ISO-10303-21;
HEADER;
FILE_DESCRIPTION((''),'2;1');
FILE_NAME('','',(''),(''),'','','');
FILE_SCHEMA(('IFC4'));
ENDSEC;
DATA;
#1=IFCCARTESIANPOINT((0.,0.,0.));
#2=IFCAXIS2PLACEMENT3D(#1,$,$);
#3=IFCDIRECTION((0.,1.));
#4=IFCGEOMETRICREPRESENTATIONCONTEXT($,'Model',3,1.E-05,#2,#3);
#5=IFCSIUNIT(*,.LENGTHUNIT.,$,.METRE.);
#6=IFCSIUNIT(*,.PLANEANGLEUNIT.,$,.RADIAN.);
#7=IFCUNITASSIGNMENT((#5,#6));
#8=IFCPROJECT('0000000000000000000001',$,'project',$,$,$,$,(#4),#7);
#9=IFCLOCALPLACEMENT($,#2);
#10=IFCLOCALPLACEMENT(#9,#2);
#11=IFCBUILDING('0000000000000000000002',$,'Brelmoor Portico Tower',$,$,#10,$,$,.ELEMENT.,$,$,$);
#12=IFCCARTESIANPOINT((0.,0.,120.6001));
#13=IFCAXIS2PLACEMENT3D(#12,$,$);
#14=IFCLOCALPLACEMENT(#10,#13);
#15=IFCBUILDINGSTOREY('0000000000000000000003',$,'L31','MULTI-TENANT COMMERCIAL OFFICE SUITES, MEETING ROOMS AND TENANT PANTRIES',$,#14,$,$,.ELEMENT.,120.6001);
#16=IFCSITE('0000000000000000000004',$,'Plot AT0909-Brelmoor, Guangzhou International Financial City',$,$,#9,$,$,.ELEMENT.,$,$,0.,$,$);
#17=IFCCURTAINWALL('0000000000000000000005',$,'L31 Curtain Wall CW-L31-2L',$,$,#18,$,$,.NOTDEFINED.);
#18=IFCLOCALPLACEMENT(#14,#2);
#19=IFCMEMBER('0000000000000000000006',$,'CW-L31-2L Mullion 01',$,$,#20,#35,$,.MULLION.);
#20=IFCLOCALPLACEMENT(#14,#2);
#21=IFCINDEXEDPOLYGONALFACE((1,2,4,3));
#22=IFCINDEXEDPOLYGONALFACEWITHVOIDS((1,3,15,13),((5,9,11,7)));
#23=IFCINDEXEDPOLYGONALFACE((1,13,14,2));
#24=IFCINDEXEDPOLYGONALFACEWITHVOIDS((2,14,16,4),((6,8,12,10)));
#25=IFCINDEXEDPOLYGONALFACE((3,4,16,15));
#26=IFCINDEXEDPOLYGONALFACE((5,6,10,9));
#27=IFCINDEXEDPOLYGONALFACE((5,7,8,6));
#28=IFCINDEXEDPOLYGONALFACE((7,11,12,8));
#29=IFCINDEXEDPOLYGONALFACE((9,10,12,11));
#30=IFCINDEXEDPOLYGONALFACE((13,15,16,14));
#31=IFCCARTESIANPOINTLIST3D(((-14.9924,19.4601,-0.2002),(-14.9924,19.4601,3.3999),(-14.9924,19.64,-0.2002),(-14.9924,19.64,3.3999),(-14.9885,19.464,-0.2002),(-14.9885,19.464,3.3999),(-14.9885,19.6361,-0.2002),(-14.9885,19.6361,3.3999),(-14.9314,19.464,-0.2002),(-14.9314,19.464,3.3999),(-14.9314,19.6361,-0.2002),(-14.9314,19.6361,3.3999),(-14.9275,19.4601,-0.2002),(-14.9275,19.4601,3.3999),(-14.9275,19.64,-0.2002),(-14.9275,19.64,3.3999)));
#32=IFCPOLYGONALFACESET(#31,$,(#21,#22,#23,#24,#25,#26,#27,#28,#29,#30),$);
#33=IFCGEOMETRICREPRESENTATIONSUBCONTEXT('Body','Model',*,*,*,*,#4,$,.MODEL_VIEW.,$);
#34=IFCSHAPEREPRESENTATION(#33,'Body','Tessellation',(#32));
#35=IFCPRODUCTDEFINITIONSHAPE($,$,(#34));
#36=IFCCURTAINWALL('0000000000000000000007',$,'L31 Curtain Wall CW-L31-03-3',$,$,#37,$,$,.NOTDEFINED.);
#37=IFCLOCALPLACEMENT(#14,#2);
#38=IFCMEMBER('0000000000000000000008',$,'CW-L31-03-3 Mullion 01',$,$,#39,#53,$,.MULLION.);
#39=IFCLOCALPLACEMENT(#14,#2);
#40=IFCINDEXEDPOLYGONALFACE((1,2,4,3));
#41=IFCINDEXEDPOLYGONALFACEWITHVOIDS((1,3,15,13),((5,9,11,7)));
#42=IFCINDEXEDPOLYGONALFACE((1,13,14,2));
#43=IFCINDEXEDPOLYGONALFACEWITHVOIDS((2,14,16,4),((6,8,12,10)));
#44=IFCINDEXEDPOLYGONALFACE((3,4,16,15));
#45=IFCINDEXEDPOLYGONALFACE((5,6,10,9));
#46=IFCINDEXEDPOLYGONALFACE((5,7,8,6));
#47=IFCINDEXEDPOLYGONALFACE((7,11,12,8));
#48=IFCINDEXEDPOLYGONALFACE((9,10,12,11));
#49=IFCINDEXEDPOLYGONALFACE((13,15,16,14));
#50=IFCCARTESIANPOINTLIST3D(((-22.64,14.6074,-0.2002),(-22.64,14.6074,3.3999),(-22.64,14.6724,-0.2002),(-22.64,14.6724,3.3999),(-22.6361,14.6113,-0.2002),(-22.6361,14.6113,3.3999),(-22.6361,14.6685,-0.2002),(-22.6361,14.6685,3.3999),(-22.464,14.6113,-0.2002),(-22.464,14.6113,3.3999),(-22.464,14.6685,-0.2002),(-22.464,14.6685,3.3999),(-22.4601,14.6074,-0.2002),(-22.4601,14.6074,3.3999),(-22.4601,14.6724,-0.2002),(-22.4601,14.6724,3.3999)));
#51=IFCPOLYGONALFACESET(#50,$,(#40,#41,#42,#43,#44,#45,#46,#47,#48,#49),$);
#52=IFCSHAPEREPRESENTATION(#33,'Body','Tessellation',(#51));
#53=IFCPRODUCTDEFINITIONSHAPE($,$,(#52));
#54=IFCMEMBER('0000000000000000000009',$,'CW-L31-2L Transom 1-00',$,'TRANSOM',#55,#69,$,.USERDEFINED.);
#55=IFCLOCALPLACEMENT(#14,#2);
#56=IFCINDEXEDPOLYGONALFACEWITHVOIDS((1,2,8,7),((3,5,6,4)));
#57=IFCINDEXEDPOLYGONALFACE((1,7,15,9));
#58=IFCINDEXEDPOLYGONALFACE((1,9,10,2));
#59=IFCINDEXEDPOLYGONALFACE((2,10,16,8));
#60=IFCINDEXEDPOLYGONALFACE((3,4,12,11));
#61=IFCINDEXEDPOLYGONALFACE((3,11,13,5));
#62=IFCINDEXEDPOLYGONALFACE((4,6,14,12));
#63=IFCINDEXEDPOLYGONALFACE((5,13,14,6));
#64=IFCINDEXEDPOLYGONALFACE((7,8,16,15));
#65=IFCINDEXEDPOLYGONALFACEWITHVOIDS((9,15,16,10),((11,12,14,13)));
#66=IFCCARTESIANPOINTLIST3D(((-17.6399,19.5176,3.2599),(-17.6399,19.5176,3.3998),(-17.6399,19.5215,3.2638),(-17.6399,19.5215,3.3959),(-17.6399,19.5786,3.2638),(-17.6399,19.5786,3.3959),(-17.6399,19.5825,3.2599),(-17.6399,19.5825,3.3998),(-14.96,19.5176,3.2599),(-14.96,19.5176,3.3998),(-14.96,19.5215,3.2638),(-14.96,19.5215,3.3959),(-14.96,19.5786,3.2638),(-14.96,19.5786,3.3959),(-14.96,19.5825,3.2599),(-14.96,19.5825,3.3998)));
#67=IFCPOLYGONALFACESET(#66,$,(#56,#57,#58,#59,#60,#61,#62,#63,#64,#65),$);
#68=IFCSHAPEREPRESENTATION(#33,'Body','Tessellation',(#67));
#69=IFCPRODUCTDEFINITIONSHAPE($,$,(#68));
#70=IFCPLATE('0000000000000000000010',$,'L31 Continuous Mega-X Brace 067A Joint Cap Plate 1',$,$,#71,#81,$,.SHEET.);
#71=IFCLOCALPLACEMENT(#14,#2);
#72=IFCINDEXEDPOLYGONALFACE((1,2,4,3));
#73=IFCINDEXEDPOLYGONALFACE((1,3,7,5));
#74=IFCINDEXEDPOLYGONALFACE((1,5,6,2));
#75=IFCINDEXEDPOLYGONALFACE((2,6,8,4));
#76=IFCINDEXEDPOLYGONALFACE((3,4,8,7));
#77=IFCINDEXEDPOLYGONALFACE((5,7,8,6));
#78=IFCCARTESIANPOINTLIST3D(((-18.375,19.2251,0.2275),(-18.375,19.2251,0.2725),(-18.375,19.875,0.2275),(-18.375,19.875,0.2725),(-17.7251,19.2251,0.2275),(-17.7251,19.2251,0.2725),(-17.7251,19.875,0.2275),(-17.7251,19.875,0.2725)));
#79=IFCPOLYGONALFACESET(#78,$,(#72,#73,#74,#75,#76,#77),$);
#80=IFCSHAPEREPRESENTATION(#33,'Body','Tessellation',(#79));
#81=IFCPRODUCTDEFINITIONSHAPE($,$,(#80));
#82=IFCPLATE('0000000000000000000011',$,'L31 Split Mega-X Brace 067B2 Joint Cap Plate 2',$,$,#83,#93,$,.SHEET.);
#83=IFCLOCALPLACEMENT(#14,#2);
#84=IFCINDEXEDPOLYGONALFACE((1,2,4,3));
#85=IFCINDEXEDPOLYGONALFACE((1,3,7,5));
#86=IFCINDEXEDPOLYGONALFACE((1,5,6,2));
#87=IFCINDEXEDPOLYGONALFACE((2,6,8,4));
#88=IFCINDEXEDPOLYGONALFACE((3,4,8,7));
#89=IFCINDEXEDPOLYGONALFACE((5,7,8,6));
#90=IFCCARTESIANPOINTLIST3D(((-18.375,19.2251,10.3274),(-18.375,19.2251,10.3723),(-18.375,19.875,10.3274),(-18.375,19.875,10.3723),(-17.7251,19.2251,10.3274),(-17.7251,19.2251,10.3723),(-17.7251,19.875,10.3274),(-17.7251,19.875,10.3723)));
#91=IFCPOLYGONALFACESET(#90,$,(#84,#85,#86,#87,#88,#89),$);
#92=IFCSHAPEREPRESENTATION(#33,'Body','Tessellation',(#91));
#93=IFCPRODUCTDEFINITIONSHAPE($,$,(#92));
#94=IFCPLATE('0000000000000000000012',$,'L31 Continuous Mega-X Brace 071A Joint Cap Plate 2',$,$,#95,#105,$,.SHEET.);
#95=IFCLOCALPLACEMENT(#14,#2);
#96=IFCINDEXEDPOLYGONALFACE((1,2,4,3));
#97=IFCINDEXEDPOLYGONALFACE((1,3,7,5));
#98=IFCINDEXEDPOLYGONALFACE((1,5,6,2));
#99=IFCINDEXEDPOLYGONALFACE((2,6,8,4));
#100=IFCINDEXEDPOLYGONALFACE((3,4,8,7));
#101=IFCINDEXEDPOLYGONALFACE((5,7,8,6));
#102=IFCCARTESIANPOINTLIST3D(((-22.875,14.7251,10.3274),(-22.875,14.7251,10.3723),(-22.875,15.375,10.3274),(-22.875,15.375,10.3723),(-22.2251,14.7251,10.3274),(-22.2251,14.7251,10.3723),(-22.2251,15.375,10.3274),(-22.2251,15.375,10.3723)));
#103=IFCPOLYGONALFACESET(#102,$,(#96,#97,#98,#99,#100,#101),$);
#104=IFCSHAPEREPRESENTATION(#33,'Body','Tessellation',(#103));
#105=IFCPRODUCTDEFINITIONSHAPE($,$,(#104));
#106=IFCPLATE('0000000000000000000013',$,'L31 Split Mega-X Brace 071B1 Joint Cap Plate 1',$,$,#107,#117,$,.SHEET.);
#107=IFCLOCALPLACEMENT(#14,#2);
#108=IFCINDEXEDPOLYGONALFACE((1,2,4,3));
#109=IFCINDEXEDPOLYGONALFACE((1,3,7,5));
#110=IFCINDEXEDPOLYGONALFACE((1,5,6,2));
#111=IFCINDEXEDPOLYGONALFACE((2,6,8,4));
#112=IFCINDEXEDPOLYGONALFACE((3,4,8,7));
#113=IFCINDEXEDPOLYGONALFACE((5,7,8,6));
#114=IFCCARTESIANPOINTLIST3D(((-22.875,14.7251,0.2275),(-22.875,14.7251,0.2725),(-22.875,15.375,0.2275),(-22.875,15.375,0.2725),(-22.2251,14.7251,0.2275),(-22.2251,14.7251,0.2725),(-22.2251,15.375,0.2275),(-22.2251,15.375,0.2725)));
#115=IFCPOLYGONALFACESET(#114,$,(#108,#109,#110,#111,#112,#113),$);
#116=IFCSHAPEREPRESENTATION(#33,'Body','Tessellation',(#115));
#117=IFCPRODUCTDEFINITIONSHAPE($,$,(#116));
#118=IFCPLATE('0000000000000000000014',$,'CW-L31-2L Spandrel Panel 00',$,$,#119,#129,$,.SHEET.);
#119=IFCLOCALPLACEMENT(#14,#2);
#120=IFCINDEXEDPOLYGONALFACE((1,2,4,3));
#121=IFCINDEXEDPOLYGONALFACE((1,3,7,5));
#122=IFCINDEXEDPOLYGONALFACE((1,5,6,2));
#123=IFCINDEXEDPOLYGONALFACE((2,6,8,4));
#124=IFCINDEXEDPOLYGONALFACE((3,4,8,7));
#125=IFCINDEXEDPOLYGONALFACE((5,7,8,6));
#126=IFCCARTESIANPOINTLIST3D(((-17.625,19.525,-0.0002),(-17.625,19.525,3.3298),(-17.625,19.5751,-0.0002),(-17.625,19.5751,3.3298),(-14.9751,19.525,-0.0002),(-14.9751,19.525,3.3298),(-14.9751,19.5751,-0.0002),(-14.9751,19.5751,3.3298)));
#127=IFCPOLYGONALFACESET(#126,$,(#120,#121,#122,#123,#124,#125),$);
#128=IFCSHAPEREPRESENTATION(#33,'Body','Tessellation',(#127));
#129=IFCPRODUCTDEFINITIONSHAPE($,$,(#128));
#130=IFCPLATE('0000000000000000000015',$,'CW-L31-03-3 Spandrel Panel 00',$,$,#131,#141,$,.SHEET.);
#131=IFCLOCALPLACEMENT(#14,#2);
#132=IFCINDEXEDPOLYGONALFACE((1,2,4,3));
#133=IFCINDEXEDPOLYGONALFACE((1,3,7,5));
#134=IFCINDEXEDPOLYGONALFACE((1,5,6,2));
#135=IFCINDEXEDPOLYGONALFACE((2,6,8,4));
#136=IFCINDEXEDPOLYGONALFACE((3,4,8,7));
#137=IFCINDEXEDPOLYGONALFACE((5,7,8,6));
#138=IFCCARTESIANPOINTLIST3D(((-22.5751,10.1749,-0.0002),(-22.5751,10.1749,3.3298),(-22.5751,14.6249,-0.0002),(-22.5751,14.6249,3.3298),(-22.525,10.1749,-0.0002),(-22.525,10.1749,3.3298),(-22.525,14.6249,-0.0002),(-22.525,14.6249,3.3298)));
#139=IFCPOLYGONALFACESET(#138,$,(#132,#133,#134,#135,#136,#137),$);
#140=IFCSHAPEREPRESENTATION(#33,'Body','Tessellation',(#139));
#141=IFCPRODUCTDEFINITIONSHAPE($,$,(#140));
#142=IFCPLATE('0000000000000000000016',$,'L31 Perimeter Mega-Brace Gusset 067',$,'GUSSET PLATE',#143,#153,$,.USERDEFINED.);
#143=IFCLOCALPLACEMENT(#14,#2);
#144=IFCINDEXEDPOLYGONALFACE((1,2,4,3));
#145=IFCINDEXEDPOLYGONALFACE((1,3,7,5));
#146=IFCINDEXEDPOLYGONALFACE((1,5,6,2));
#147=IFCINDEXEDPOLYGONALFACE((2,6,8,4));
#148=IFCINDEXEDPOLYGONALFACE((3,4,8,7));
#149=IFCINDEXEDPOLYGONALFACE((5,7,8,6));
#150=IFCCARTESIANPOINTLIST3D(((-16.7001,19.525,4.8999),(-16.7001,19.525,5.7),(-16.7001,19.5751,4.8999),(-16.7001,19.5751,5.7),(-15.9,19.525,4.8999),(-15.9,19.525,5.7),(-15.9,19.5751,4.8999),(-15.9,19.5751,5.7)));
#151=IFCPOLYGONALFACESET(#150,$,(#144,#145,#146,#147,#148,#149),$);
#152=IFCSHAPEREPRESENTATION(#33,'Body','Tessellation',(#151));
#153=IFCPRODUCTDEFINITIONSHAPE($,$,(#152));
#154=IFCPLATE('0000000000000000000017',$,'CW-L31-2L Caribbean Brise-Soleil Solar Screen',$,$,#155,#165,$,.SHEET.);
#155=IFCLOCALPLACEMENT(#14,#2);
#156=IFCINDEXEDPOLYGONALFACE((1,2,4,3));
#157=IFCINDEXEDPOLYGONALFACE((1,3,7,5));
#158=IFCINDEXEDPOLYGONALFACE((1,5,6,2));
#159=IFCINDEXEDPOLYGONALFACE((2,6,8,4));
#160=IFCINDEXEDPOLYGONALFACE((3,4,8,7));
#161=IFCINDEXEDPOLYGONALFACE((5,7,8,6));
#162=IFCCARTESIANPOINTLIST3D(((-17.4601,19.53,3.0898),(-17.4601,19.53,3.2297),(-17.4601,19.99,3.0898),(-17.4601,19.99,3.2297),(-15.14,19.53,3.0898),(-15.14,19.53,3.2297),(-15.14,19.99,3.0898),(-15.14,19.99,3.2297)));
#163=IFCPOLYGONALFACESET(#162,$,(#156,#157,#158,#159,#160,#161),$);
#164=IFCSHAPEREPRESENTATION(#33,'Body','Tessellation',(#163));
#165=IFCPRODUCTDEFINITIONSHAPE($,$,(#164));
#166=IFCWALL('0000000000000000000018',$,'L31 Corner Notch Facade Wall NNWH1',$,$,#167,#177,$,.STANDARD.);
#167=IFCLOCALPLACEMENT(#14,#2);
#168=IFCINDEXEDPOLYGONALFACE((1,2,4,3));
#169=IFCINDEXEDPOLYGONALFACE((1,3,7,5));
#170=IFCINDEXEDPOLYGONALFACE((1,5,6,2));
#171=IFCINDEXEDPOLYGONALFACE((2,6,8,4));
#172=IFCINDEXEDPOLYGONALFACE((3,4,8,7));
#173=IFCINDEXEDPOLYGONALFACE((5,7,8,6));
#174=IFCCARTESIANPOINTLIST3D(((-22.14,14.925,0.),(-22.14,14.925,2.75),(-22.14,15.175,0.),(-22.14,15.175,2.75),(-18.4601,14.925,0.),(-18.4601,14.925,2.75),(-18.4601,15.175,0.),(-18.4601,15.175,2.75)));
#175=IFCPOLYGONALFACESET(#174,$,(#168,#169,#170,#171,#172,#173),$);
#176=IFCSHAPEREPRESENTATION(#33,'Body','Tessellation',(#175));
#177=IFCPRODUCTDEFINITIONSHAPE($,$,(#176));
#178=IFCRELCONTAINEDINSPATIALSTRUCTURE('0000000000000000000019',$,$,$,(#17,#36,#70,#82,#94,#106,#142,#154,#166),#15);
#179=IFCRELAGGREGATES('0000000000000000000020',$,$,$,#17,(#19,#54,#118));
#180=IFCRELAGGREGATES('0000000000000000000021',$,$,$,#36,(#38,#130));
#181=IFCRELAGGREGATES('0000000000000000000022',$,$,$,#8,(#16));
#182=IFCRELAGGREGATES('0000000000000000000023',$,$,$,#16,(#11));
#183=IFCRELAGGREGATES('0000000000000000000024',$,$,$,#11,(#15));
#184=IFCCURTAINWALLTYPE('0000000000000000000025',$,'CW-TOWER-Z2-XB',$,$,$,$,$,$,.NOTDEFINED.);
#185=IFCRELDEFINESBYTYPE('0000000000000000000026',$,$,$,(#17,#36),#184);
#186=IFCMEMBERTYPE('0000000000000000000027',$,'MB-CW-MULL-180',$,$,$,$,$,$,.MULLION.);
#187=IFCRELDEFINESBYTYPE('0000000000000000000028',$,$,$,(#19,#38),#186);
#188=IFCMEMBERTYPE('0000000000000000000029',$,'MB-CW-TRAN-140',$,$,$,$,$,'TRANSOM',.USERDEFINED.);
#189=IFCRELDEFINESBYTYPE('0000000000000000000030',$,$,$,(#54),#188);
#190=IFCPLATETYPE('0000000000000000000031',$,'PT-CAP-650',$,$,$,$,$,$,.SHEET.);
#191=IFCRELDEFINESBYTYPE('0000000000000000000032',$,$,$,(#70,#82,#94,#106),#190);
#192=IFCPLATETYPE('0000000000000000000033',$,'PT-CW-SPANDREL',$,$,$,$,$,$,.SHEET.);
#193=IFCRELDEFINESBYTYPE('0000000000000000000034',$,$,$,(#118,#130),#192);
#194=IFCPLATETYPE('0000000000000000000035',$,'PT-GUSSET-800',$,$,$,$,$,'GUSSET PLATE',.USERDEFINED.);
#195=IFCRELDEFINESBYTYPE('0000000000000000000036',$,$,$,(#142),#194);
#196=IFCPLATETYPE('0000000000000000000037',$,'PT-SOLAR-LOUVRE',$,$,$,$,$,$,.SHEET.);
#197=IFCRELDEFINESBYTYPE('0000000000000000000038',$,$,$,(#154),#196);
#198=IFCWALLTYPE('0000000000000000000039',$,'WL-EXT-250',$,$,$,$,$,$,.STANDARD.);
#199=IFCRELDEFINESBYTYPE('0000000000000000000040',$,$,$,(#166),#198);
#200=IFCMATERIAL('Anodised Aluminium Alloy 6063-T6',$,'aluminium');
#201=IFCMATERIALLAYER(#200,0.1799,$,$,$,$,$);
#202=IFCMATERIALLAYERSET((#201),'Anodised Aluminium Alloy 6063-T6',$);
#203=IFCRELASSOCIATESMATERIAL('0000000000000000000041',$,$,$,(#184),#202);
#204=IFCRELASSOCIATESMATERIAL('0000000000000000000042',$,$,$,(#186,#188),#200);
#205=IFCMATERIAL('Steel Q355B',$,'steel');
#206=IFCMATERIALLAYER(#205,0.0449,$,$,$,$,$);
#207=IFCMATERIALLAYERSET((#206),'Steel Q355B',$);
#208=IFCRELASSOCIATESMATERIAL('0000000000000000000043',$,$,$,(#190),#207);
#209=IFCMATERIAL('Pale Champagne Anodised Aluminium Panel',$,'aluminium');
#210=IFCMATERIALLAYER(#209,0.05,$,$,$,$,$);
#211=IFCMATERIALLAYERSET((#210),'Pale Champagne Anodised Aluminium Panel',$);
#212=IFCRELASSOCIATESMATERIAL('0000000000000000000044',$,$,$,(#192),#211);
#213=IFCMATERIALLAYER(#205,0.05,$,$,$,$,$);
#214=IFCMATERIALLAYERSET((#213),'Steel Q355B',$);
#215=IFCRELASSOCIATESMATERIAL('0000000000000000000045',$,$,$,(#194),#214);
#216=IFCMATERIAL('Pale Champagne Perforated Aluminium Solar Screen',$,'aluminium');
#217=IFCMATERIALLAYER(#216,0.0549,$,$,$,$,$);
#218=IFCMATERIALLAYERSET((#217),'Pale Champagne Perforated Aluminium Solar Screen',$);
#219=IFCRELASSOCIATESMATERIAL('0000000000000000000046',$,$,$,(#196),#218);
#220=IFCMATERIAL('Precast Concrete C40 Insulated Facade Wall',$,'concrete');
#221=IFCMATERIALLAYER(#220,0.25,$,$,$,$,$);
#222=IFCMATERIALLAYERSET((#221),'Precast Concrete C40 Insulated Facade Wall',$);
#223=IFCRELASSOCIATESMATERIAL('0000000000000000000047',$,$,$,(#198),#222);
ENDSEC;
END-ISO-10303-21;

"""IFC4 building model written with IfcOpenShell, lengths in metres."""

from ifc_helpers import new_model, si_unit, direction, frame, frame_2d, origin, origin_2d, place, context, subcontext, project, spatial, rectangle, hollow_rectangle, extrude, material, layer, layer_set, material_profile, profile_set, type_object, element, aggregate, save


model = new_model("IFC4")

# Units and contexts
model_context = context("Model", 3, precision=1e-05, world=origin(), true_north=direction((0.0, 1.0)))
body_context = subcontext(model_context, "Body", "Model", "MODEL_VIEW")
ifc_project = project(units=[si_unit("LENGTHUNIT", "METRE"), si_unit("PLANEANGLEUNIT", "RADIAN")], contexts=[model_context])

# Site, building, storey
site_placement = place(None, origin())
site = spatial("IfcSite", under=ifc_project, at=site_placement, Name="Plot AT0909-Brelmoor, Guangzhou International Financial City", CompositionType="ELEMENT", RefElevation=0.0)
building_placement = place(site_placement, origin())
building = spatial("IfcBuilding", under=site, at=building_placement, Name="Brelmoor Portico Tower", CompositionType="ELEMENT")
storey_placement = place(building_placement, frame((0.0, 0.0, 120.6001)))
storey = spatial("IfcBuildingStorey", under=building, at=storey_placement, Name="L31", Description="MULTI-TENANT COMMERCIAL OFFICE SUITES, MEETING ROOMS AND TENANT PANTRIES", CompositionType="ELEMENT", Elevation=120.6001)

# Shared definitions
ifc_material_1 = material(Name="Steel Q355B", Category="steel")

# Curtain wall, member
ifc_material_2 = material(Name="Anodised Aluminium Alloy 6063-T6", Category="aluminium")
ifc_layer_1 = layer(ifc_material_2, 0.1799)
ifc_layer_set_1 = layer_set([ifc_layer_1], Name="Anodised Aluminium Alloy 6063-T6")
curtain_wall_type = type_object("IfcCurtainWallType", Name="CW-TOWER-Z2-XB", PredefinedType="NOTDEFINED", material=ifc_layer_set_1)
curtain_wall_1_placement = place(storey_placement, origin())
curtain_wall_1 = element("IfcCurtainWall", 1, at=curtain_wall_1_placement, inside=storey, type_object=curtain_wall_type, Name="L31 Curtain Wall CW-L31-2L", PredefinedType="NOTDEFINED")
ifc_material_profile_1 = material_profile(ifc_material_2, hollow_rectangle(XDim=0.0649, YDim=0.1799, WallThickness=0.0039, at=origin_2d()), Name="ALU MULLION 65x180")
ifc_profile_set_1 = profile_set([ifc_material_profile_1], Name="Anodised Aluminium Alloy 6063-T6")
member_type_1 = type_object("IfcMemberType", Name="MB-CW-MULL-180", PredefinedType="MULLION", material=ifc_profile_set_1)
member_1_placement = place(storey_placement, frame((-14.96, 19.55, -0.2002), z_axis=(0.0, 0.0, 1.0), x_axis=(1.0, 0.0, 0.0)))
member_1 = element("IfcMember", 2, at=member_1_placement, type_object=member_type_1, Name="CW-L31-2L Mullion 01", PredefinedType="MULLION", context=body_context, shape_type="SweptSolid", body=[
    extrude(hollow_rectangle(XDim=0.0649, YDim=0.1799, WallThickness=0.0039, at=origin_2d()), origin(), (0.0, 0.0, 1.0), 3.6001),
])

# Curtain wall, member
curtain_wall_2_placement = place(storey_placement, origin())
curtain_wall_2 = element("IfcCurtainWall", 3, at=curtain_wall_2_placement, inside=storey, type_object=curtain_wall_type, Name="L31 Curtain Wall CW-L31-03-3", PredefinedType="NOTDEFINED")
member_2_placement = place(storey_placement, frame((-22.55, 14.6399, -0.2002), z_axis=(0.0, 0.0, 1.0), x_axis=(0.0, 1.0, 0.0)))
member_2 = element("IfcMember", 4, at=member_2_placement, type_object=member_type_1, Name="CW-L31-03-3 Mullion 01", PredefinedType="MULLION", context=body_context, shape_type="SweptSolid", body=[
    extrude(hollow_rectangle(XDim=0.0649, YDim=0.1799, WallThickness=0.0039, at=origin_2d()), origin(), (0.0, 0.0, 1.0), 3.6001),
])

# Member
ifc_material_profile_2 = material_profile(ifc_material_2, hollow_rectangle(XDim=0.0649, YDim=0.1399, WallThickness=0.0039, at=origin_2d()), Name="ALU TRANSOM 65x140")
ifc_profile_set_2 = profile_set([ifc_material_profile_2], Name="Anodised Aluminium Alloy 6063-T6")
member_type_2 = type_object("IfcMemberType", Name="MB-CW-TRAN-140", ElementType="TRANSOM", PredefinedType="USERDEFINED", material=ifc_profile_set_2)
member_3_placement = place(storey_placement, frame((-17.6399, 19.55, 3.3298), z_axis=(1.0, 0.0, 0.0), x_axis=(0.0, 1.0, 0.0)))
member_3 = element("IfcMember", 5, at=member_3_placement, type_object=member_type_2, Name="CW-L31-2L Transom 1-00", ObjectType="TRANSOM", PredefinedType="USERDEFINED", context=body_context, shape_type="SweptSolid", body=[
    extrude(hollow_rectangle(XDim=0.0649, YDim=0.1399, WallThickness=0.0039, at=origin_2d()), origin(), (0.0, 0.0, 1.0), 2.6799),
])

# Plates
ifc_layer_2 = layer(ifc_material_1, 0.0449)
ifc_layer_set_2 = layer_set([ifc_layer_2], Name="Steel Q355B")
plate_type_1 = type_object("IfcPlateType", Name="PT-CAP-650", PredefinedType="SHEET", material=ifc_layer_set_2)
for number, where, z_axis, x_axis, name in (
    (6, (-18.05, 19.55, 0.2275), (0.0, 0.0, 1.0), (1.0, 0.0, 0.0), "L31 Continuous Mega-X Brace 067A Joint Cap Plate 1"),
    (7, (-18.05, 19.55, 10.3274), (0.0, 0.0, 1.0), (1.0, 0.0, 0.0), "L31 Split Mega-X Brace 067B2 Joint Cap Plate 2"),
    (8, (-22.55, 15.05, 10.3274), (0.0, 0.0, 1.0), (1.0, 0.0, 0.0), "L31 Continuous Mega-X Brace 071A Joint Cap Plate 2"),
    (9, (-22.55, 15.05, 0.2275), (0.0, 0.0, 1.0), (1.0, 0.0, 0.0), "L31 Split Mega-X Brace 071B1 Joint Cap Plate 1"),
):
    element("IfcPlate", number, at=place(storey_placement, frame(where, z_axis=z_axis, x_axis=x_axis)), inside=storey, type_object=plate_type_1, Name=name, PredefinedType="SHEET", context=body_context, shape_type="SweptSolid", body=[
        extrude(rectangle(XDim=0.6499, YDim=0.6499, at=origin_2d()), origin(), (0.0, 0.0, 1.0), 0.0449),
    ])

# Plates
ifc_material_3 = material(Name="Pale Champagne Anodised Aluminium Panel", Category="aluminium")
ifc_layer_3 = layer(ifc_material_3, 0.05)
ifc_layer_set_3 = layer_set([ifc_layer_3], Name="Pale Champagne Anodised Aluminium Panel")
plate_type_2 = type_object("IfcPlateType", Name="PT-CW-SPANDREL", PredefinedType="SHEET", material=ifc_layer_set_3)
plate_1_placement = place(storey_placement, frame((-16.3, 19.55, -0.0002), z_axis=(0.0, 0.0, 1.0), x_axis=(1.0, 0.0, 0.0)))
plate_1 = element("IfcPlate", 10, at=plate_1_placement, type_object=plate_type_2, Name="CW-L31-2L Spandrel Panel 00", PredefinedType="SHEET", context=body_context, shape_type="SweptSolid", body=[
    extrude(rectangle(XDim=2.6499, YDim=0.05, at=origin_2d()), origin(), (0.0, 0.0, 1.0), 3.3301),
])
aggregate(curtain_wall_1, [member_1, member_3, plate_1])
plate_2_placement = place(storey_placement, frame((-22.55, 12.3999, -0.0002), z_axis=(0.0, 0.0, 1.0), x_axis=(0.0, 1.0, 0.0)))
plate_2 = element("IfcPlate", 11, at=plate_2_placement, type_object=plate_type_2, Name="CW-L31-03-3 Spandrel Panel 00", PredefinedType="SHEET", context=body_context, shape_type="SweptSolid", body=[
    extrude(rectangle(XDim=4.45, YDim=0.05, at=origin_2d()), origin(), (0.0, 0.0, 1.0), 3.3301),
])
aggregate(curtain_wall_2, [member_2, plate_2])

# Plates
ifc_layer_4 = layer(ifc_material_1, 0.05)
ifc_layer_set_4 = layer_set([ifc_layer_4], Name="Steel Q355B")
plate_type_3 = type_object("IfcPlateType", Name="PT-GUSSET-800", ElementType="GUSSET PLATE", PredefinedType="USERDEFINED", material=ifc_layer_set_4)
plate_3_placement = place(storey_placement, frame((-16.3, 19.55, 4.8999), z_axis=(0.0, 0.0, 1.0), x_axis=(1.0, 0.0, 0.0)))
element("IfcPlate", 12, at=plate_3_placement, inside=storey, type_object=plate_type_3, Name="L31 Perimeter Mega-Brace Gusset 067", ObjectType="GUSSET PLATE", PredefinedType="USERDEFINED", context=body_context, shape_type="SweptSolid", body=[
    extrude(rectangle(XDim=0.8, YDim=0.05, at=origin_2d()), origin(), (0.0, 0.0, 1.0), 0.8),
])
ifc_material_4 = material(Name="Pale Champagne Perforated Aluminium Solar Screen", Category="aluminium")
ifc_layer_5 = layer(ifc_material_4, 0.0549)
ifc_layer_set_5 = layer_set([ifc_layer_5], Name="Pale Champagne Perforated Aluminium Solar Screen")
plate_type_4 = type_object("IfcPlateType", Name="PT-SOLAR-LOUVRE", PredefinedType="SHEET", material=ifc_layer_set_5)
plate_4_placement = place(storey_placement, frame((-16.3, 19.76, 3.0898), z_axis=(0.0, 0.0, 1.0), x_axis=(1.0, 0.0, 0.0)))
element("IfcPlate", 13, at=plate_4_placement, inside=storey, type_object=plate_type_4, Name="CW-L31-2L Caribbean Brise-Soleil Solar Screen", PredefinedType="SHEET", context=body_context, shape_type="SweptSolid", body=[
    extrude(rectangle(XDim=2.3201, YDim=0.46, at=origin_2d()), origin(), (0.0, 0.0, 1.0), 0.1399),
])

# Wall
ifc_material_5 = material(Name="Precast Concrete C40 Insulated Facade Wall", Category="concrete")
ifc_layer_6 = layer(ifc_material_5, 0.25)
ifc_layer_set_6 = layer_set([ifc_layer_6], Name="Precast Concrete C40 Insulated Facade Wall")
wall_type_1 = type_object("IfcWallType", Name="WL-EXT-250", PredefinedType="STANDARD", material=ifc_layer_set_6)
for number, where, z_axis, x_axis, name in (
    (14, (-22.1399, 15.05, 0.0), (0.0, 0.0, 1.0), (1.0, 0.0, 0.0), "L31 Corner Notch Facade Wall NNWH1"),
):
    element("IfcWall", number, at=place(storey_placement, frame(where, z_axis=z_axis, x_axis=x_axis)), inside=storey, type_object=wall_type_1, Name=name, PredefinedType="STANDARD", context=body_context, shape_type="SweptSolid", body=[
        extrude(rectangle(XDim=3.6799, YDim=0.25, at=frame_2d((1.8398, 0.0))), origin(), (0.0, 0.0, 1.0), 2.75),
    ])

save(model, "model.ifc")
